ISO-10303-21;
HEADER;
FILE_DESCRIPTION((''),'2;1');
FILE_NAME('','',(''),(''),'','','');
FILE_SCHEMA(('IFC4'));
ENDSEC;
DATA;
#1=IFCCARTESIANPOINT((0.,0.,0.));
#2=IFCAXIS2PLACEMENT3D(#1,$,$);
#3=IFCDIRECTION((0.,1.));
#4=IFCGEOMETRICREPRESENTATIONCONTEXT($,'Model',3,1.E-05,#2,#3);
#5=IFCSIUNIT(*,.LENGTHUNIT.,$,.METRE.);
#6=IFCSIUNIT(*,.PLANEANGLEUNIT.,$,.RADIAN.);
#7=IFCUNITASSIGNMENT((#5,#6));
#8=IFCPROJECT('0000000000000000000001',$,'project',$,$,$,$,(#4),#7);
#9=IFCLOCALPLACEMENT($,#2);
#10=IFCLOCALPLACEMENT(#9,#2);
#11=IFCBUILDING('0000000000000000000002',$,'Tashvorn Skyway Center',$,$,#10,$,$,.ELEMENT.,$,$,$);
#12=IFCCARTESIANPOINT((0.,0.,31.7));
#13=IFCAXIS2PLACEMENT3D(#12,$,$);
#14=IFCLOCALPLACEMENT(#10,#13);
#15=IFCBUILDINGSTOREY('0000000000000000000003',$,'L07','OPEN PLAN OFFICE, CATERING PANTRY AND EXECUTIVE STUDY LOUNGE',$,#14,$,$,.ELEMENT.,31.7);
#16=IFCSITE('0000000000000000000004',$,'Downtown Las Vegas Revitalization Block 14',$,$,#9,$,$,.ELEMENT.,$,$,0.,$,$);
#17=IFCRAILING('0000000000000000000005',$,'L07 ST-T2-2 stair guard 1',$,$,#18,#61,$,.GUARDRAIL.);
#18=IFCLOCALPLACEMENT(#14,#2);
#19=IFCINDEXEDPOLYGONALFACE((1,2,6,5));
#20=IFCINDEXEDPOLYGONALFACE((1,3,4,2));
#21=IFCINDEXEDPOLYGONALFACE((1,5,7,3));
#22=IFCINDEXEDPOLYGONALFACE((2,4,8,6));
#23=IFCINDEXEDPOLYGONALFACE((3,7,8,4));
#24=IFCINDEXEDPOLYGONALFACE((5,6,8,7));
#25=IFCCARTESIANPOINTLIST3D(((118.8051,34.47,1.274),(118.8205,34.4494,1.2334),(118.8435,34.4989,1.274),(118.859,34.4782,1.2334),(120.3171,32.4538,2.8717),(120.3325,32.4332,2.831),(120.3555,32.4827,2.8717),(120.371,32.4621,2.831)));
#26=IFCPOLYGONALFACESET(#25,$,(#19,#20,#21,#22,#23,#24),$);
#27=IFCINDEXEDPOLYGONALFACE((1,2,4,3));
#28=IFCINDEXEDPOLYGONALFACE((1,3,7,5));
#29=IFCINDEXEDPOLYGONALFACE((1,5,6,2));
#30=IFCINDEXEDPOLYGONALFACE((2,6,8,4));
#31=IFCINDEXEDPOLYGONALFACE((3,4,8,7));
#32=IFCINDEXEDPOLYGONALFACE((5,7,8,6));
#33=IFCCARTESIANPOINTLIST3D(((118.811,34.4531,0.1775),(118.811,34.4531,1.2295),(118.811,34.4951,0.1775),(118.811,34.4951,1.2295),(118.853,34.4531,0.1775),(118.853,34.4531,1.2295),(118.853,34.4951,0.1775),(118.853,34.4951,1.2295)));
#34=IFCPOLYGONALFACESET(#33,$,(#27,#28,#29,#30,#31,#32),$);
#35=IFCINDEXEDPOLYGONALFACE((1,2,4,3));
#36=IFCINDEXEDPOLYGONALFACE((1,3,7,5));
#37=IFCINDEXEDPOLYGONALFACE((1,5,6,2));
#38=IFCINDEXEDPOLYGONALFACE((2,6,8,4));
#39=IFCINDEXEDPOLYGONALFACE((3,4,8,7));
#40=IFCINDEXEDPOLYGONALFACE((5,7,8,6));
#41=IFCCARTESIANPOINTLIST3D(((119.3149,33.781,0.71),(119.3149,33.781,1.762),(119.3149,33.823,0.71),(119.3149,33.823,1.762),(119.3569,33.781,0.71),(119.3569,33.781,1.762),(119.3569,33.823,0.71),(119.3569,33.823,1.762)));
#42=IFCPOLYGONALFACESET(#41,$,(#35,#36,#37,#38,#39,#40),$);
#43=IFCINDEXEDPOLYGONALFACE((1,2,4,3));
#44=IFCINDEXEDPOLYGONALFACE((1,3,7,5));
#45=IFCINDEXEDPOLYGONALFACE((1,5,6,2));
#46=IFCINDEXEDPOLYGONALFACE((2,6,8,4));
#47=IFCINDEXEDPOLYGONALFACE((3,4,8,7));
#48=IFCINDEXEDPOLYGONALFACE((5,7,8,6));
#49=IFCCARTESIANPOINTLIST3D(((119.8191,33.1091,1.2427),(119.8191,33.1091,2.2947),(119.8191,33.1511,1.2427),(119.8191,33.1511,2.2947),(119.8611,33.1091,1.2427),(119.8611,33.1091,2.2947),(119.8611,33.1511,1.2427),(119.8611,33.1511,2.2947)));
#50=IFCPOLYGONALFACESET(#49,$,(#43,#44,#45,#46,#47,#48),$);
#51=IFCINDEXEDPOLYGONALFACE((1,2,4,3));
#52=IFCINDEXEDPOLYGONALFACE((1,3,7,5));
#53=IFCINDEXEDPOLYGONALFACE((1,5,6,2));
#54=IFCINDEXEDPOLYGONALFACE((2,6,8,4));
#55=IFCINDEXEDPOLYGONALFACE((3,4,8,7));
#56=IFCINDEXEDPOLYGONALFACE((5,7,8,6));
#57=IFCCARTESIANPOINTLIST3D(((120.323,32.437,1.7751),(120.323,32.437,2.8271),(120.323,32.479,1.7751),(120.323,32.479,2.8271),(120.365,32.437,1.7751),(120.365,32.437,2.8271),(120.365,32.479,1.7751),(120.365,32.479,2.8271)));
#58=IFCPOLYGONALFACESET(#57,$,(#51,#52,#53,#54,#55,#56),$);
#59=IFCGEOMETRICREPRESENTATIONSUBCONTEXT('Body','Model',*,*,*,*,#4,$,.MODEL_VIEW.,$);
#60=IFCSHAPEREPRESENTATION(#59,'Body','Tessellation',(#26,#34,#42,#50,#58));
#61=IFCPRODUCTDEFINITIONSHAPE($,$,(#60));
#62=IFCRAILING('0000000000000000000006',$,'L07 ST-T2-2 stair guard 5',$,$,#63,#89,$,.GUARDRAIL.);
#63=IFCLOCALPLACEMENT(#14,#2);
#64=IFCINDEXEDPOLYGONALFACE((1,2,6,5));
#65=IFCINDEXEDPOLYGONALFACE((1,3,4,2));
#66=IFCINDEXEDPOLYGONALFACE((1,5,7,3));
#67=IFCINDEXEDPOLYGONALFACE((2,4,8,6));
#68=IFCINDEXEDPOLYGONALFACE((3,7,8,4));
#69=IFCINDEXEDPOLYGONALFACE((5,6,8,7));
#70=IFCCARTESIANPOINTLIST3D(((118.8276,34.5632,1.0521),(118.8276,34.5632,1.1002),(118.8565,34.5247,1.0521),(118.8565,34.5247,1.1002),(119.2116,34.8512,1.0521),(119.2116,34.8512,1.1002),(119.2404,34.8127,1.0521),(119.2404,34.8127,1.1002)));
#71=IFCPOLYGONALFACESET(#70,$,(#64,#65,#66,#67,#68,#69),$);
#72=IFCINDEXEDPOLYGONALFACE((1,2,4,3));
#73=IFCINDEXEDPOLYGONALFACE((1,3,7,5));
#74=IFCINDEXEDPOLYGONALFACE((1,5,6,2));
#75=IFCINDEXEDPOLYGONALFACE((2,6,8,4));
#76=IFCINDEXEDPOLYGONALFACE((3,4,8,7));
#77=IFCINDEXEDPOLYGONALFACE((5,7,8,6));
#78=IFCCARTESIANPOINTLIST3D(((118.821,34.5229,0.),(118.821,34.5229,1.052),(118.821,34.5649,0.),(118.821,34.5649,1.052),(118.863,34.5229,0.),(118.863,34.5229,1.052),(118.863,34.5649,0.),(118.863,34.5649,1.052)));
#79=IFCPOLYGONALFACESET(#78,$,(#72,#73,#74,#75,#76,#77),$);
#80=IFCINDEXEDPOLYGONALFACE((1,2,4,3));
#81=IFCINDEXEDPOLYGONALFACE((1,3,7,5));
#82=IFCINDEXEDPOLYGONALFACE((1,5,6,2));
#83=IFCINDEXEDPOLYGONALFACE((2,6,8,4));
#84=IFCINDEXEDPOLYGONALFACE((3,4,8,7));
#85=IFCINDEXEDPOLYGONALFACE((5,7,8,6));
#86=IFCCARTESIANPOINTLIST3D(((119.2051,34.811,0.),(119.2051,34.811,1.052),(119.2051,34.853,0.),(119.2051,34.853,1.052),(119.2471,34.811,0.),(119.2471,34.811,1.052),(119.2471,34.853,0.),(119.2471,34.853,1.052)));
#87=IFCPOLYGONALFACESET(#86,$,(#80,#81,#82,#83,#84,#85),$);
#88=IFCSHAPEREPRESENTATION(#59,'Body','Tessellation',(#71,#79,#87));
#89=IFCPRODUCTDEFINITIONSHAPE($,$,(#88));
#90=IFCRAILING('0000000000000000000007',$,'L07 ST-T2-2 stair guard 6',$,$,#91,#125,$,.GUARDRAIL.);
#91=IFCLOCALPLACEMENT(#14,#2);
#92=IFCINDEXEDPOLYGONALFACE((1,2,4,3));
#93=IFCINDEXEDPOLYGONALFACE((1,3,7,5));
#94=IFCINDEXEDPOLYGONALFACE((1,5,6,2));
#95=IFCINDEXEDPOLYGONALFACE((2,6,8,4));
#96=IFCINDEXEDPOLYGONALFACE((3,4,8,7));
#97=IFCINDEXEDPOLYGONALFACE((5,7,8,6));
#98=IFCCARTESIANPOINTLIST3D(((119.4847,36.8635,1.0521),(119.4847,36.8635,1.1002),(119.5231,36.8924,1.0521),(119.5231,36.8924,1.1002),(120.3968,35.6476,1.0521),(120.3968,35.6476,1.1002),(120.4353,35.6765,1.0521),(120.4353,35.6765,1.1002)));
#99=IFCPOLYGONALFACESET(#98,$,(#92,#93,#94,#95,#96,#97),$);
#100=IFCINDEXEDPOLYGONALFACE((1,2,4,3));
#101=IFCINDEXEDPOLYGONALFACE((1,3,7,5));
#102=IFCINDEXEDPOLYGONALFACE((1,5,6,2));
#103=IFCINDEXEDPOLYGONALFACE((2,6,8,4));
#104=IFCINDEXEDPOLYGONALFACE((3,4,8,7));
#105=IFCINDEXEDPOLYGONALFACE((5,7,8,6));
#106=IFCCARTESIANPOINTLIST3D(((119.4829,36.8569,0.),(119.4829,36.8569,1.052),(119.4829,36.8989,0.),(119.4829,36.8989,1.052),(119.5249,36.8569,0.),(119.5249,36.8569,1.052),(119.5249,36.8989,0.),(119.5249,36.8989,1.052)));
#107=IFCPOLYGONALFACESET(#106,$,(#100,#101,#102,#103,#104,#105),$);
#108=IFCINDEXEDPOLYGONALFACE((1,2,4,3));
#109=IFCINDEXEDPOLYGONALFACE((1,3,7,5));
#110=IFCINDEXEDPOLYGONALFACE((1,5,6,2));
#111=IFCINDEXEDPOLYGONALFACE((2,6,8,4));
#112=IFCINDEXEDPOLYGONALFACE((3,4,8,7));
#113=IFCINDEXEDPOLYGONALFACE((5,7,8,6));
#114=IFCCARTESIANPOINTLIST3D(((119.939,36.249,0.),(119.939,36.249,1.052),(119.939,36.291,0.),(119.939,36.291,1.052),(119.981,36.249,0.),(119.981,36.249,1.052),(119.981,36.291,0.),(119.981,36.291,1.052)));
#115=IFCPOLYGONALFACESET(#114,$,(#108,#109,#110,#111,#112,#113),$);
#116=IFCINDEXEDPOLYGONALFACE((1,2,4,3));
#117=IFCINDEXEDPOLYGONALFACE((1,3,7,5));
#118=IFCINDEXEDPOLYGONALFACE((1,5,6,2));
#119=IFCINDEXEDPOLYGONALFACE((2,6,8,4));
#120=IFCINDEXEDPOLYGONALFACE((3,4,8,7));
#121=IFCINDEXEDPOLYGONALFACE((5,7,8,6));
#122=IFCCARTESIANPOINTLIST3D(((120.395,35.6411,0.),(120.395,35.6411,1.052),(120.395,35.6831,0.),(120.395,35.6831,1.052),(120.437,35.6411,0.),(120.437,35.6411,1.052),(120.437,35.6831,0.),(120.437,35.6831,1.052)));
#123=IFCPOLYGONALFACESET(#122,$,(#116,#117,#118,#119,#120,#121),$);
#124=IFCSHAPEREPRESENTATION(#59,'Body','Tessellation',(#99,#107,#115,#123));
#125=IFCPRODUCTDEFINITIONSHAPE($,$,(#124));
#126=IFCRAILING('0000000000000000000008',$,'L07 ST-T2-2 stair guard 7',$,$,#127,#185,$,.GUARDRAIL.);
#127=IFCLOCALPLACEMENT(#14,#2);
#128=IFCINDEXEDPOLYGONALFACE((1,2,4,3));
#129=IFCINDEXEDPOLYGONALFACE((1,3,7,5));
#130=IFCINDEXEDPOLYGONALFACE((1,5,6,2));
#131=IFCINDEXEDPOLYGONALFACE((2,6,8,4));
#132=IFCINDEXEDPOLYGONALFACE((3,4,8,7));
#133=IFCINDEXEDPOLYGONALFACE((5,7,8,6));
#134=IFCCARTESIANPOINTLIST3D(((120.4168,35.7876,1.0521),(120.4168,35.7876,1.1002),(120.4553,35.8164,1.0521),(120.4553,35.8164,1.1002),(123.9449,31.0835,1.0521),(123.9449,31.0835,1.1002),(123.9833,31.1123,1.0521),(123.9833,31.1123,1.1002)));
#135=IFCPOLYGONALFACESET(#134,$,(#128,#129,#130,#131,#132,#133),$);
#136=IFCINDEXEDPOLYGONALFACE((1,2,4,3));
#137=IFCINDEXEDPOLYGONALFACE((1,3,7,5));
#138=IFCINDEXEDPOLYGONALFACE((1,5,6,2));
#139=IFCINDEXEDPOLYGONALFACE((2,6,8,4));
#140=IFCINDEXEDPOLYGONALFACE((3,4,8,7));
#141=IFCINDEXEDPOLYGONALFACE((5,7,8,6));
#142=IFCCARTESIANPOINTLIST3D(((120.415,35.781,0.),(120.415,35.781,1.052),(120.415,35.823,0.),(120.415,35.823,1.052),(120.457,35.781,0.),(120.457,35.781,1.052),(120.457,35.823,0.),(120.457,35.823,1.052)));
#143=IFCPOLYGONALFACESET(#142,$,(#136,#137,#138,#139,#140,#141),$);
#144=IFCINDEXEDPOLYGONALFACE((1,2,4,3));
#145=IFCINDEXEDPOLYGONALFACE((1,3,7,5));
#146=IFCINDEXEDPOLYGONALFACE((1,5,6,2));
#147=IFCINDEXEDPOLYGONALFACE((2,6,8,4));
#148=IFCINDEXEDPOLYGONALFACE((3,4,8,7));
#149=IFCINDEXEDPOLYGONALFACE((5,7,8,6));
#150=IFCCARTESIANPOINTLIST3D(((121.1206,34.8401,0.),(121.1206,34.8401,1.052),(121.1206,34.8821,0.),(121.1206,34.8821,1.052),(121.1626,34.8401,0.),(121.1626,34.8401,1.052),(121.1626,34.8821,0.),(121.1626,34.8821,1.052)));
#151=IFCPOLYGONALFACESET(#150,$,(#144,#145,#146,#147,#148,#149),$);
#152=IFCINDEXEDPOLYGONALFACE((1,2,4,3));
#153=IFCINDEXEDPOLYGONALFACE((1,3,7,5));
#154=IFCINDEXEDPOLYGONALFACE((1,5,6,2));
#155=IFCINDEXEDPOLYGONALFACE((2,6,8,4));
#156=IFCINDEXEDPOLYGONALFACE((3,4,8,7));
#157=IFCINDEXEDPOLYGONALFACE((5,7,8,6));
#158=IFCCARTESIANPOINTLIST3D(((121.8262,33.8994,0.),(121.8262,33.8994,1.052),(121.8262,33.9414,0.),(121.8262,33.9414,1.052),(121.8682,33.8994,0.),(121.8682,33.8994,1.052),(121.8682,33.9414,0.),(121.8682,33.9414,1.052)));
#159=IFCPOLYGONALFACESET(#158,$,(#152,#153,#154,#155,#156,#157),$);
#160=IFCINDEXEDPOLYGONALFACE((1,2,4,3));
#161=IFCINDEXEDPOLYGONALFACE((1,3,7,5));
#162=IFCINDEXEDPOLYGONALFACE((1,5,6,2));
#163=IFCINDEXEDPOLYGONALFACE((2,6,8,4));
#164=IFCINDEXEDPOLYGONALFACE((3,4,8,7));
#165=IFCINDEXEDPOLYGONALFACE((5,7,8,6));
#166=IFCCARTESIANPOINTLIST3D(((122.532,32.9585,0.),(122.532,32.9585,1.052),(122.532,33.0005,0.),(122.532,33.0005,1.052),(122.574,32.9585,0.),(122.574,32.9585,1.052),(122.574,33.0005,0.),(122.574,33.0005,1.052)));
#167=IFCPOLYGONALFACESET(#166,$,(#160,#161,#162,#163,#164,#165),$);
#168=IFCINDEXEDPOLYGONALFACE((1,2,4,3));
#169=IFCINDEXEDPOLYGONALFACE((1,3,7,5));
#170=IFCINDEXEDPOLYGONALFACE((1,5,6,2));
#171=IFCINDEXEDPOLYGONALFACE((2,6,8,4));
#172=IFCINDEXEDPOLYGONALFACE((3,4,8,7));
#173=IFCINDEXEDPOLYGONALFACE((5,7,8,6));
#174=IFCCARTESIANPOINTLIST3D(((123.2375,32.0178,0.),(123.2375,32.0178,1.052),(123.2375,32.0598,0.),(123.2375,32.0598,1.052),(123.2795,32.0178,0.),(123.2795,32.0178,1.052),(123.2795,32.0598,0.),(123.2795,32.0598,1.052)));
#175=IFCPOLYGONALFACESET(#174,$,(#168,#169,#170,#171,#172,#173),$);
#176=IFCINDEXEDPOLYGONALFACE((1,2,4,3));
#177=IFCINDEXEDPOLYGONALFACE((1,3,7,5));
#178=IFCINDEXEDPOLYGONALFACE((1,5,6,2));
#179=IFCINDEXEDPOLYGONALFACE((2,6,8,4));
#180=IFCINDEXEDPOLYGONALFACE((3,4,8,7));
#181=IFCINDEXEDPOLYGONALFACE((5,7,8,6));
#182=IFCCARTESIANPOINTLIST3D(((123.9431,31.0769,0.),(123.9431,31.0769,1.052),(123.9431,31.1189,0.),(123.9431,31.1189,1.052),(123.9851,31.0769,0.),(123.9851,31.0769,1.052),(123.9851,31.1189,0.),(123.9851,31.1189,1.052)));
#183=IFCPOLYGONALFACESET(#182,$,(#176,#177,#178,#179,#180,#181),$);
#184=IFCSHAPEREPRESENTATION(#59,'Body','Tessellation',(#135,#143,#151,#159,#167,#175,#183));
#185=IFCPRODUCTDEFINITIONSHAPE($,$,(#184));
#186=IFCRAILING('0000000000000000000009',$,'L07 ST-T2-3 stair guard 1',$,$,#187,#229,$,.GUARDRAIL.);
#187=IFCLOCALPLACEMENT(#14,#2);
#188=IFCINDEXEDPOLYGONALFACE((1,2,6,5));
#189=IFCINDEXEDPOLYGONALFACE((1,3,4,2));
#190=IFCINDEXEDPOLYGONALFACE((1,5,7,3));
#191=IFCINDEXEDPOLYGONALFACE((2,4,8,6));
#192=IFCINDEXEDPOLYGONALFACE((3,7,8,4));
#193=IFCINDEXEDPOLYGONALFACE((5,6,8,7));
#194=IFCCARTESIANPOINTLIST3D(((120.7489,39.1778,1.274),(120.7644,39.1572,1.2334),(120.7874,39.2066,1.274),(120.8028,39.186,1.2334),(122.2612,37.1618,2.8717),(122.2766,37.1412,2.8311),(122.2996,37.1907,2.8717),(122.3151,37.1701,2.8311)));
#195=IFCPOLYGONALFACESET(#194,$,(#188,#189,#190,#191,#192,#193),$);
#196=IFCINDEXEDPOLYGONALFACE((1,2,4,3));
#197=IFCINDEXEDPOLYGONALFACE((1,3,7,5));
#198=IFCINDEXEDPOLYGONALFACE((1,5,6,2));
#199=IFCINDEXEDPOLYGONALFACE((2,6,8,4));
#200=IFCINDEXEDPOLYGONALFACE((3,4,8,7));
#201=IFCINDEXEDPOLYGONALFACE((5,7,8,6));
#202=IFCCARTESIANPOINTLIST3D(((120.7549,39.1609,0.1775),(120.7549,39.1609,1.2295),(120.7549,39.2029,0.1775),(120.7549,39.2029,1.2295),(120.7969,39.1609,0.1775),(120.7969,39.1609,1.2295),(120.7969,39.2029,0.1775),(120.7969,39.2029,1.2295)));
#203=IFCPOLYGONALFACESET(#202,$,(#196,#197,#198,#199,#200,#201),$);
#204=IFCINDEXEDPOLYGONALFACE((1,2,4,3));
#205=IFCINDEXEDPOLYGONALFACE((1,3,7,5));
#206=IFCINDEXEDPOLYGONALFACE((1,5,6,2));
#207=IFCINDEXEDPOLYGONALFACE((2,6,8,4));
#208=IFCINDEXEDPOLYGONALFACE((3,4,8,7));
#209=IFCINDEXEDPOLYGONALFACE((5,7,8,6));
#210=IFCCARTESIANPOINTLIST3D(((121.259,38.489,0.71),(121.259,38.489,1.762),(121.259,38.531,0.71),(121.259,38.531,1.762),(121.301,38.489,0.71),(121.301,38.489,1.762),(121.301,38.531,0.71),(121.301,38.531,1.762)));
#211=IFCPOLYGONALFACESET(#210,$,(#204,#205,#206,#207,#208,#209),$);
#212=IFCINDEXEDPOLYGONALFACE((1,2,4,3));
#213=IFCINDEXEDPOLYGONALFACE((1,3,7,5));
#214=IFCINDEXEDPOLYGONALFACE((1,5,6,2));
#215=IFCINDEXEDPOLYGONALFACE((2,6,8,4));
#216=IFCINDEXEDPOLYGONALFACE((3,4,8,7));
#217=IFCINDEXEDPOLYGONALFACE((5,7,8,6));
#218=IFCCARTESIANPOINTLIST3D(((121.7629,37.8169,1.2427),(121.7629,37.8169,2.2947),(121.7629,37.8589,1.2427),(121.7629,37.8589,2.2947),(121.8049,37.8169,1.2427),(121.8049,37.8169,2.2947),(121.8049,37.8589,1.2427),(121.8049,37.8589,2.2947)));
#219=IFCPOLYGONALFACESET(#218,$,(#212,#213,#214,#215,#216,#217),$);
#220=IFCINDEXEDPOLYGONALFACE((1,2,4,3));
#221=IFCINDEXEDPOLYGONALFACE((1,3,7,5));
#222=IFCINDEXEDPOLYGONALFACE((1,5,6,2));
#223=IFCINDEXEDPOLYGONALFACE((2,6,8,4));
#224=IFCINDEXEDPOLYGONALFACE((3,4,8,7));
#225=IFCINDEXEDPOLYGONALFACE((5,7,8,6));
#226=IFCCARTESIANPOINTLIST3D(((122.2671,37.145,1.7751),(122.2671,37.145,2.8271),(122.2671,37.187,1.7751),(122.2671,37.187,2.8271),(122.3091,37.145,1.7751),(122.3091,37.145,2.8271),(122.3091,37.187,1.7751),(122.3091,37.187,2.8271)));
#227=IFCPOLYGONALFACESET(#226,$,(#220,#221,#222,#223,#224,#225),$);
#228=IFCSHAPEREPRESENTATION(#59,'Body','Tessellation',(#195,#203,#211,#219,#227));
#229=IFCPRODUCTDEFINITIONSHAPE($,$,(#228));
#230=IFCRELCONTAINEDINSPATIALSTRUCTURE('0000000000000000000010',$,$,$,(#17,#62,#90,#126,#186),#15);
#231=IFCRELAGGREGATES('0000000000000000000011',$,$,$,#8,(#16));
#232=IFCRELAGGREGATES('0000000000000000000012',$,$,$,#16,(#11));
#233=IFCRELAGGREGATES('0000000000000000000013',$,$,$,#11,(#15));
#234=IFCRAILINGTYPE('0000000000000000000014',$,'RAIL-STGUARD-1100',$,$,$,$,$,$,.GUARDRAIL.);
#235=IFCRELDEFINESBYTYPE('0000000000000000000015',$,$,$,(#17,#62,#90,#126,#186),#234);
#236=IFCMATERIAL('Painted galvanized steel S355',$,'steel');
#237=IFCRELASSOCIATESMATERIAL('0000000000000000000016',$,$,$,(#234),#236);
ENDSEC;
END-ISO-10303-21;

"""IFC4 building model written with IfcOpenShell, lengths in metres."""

from ifc_helpers import new_model, si_unit, direction, frame, origin, origin_2d, place, context, subcontext, project, spatial, rectangle, extrude, material, type_object, element, save


model = new_model("IFC4")

# Units and contexts
model_context = context("Model", 3, precision=1e-05, world=origin(), true_north=direction((0.0, 1.0)))
body_context = subcontext(model_context, "Body", "Model", "MODEL_VIEW")
ifc_project = project(units=[si_unit("LENGTHUNIT", "METRE"), si_unit("PLANEANGLEUNIT", "RADIAN")], contexts=[model_context])

# Site, building, storey
site_placement = place(None, origin())
site = spatial("IfcSite", under=ifc_project, at=site_placement, Name="Downtown Las Vegas Revitalization Block 14", CompositionType="ELEMENT", RefElevation=0.0)
building_placement = place(site_placement, origin())
building = spatial("IfcBuilding", under=site, at=building_placement, Name="Tashvorn Skyway Center", CompositionType="ELEMENT")
storey_placement = place(building_placement, frame((0.0, 0.0, 31.7)))
storey = spatial("IfcBuildingStorey", under=building, at=storey_placement, Name="L07", Description="OPEN PLAN OFFICE, CATERING PANTRY AND EXECUTIVE STUDY LOUNGE", CompositionType="ELEMENT", Elevation=31.7)

# Railings
ifc_material_1 = material(Name="Painted galvanized steel S355", Category="steel")
railing_type_1 = type_object("IfcRailingType", Name="RAIL-STGUARD-1100", PredefinedType="GUARDRAIL", material=ifc_material_1)
railing_1_placement = place(storey_placement, frame((118.832, 34.4741, 0.1775)))
element("IfcRailing", 1, at=railing_1_placement, inside=storey, type_object=railing_type_1, Name="L07 ST-T2-2 stair guard 1", PredefinedType="GUARDRAIL", context=body_context, shape_type="SweptSolid", body=[
    extrude(rectangle(XDim=0.0481, YDim=0.0481, at=origin_2d()), frame((0.0, 0.0, 1.0762), z_axis=(0.506719, -0.675679, 0.535438), x_axis=(0.800023, 0.599969, 0.0)), (0.0, 0.0, 1.0), 2.9839),
    extrude(rectangle(XDim=0.042, YDim=0.042, at=origin_2d()), origin(), (0.0, 0.0, 1.0), 1.052),
    extrude(rectangle(XDim=0.042, YDim=0.042, at=origin_2d()), frame((0.5039, -0.6721, 0.5325)), (0.0, 0.0, 1.0), 1.052),
    extrude(rectangle(XDim=0.042, YDim=0.042, at=origin_2d()), frame((1.0081, -1.344, 1.0652)), (0.0, 0.0, 1.0), 1.052),
    extrude(rectangle(XDim=0.042, YDim=0.042, at=origin_2d()), frame((1.512, -2.0161, 1.5977)), (0.0, 0.0, 1.0), 1.052),
])
railing_2_placement = place(storey_placement, frame((118.842, 34.5439, 0.0)))
element("IfcRailing", 2, at=railing_2_placement, inside=storey, type_object=railing_type_1, Name="L07 ST-T2-2 stair guard 5", PredefinedType="GUARDRAIL", context=body_context, shape_type="SweptSolid", body=[
    extrude(rectangle(XDim=0.0481, YDim=0.0481, at=origin_2d()), frame((0.0, 0.0, 1.0762), z_axis=(0.799939, 0.600081, 0.0), x_axis=(-0.600081, 0.799939, 0.0)), (0.0, 0.0, 1.0), 0.48),
    extrude(rectangle(XDim=0.042, YDim=0.042, at=origin_2d()), origin(), (0.0, 0.0, 1.0), 1.052),
    extrude(rectangle(XDim=0.042, YDim=0.042, at=origin_2d()), frame((0.384, 0.2881, 0.0)), (0.0, 0.0, 1.0), 1.052),
])
railing_3_placement = place(storey_placement, frame((119.5039, 36.8779, 0.0)))
element("IfcRailing", 3, at=railing_3_placement, inside=storey, type_object=railing_type_1, Name="L07 ST-T2-2 stair guard 6", PredefinedType="GUARDRAIL", context=body_context, shape_type="SweptSolid", body=[
    extrude(rectangle(XDim=0.0481, YDim=0.0481, at=origin_2d()), frame((0.0, 0.0, 1.0762), z_axis=(0.600103, -0.799923, 0.0), x_axis=(0.799923, 0.600103, 0.0)), (0.0, 0.0, 1.0), 1.52),
    extrude(rectangle(XDim=0.042, YDim=0.042, at=origin_2d()), origin(), (0.0, 0.0, 1.0), 1.052),
    extrude(rectangle(XDim=0.042, YDim=0.042, at=origin_2d()), frame((0.4561, -0.6079, 0.0)), (0.0, 0.0, 1.0), 1.052),
    extrude(rectangle(XDim=0.042, YDim=0.042, at=origin_2d()), frame((0.9121, -1.2158, 0.0)), (0.0, 0.0, 1.0), 1.052),
])
railing_4_placement = place(storey_placement, frame((120.436, 35.802, 0.0)))
element("IfcRailing", 4, at=railing_4_placement, inside=storey, type_object=railing_type_1, Name="L07 ST-T2-2 stair guard 7", PredefinedType="GUARDRAIL", context=body_context, shape_type="SweptSolid", body=[
    extrude(rectangle(XDim=0.0481, YDim=0.0481, at=origin_2d()), frame((0.0, 0.0, 1.0762), z_axis=(0.6, -0.8, 0.0), x_axis=(0.8, 0.6, 0.0)), (0.0, 0.0, 1.0), 5.8801),
    extrude(rectangle(XDim=0.042, YDim=0.042, at=origin_2d()), origin(), (0.0, 0.0, 1.0), 1.052),
    extrude(rectangle(XDim=0.042, YDim=0.042, at=origin_2d()), frame((0.7056, -0.9409, 0.0)), (0.0, 0.0, 1.0), 1.052),
    extrude(rectangle(XDim=0.042, YDim=0.042, at=origin_2d()), frame((1.4111, -1.8816, 0.0)), (0.0, 0.0, 1.0), 1.052),
    extrude(rectangle(XDim=0.042, YDim=0.042, at=origin_2d()), frame((2.1169, -2.8225, 0.0)), (0.0, 0.0, 1.0), 1.052),
    extrude(rectangle(XDim=0.042, YDim=0.042, at=origin_2d()), frame((2.8225, -3.7632, 0.0)), (0.0, 0.0, 1.0), 1.052),
    extrude(rectangle(XDim=0.042, YDim=0.042, at=origin_2d()), frame((3.5281, -4.7041, 0.0)), (0.0, 0.0, 1.0), 1.052),
])
railing_5_placement = place(storey_placement, frame((120.7759, 39.1819, 0.1775)))
element("IfcRailing", 5, at=railing_5_placement, inside=storey, type_object=railing_type_1, Name="L07 ST-T2-3 stair guard 1", PredefinedType="GUARDRAIL", context=body_context, shape_type="SweptSolid", body=[
    extrude(rectangle(XDim=0.0481, YDim=0.0481, at=origin_2d()), frame((0.0, 0.0, 1.0762), z_axis=(0.506807, -0.675607, 0.535445), x_axis=(0.799942, 0.600078, 0.0)), (0.0, 0.0, 1.0), 2.9839),
    extrude(rectangle(XDim=0.042, YDim=0.042, at=origin_2d()), origin(), (0.0, 0.0, 1.0), 1.052),
    extrude(rectangle(XDim=0.042, YDim=0.042, at=origin_2d()), frame((0.5042, -0.6719, 0.5325)), (0.0, 0.0, 1.0), 1.052),
    extrude(rectangle(XDim=0.042, YDim=0.042, at=origin_2d()), frame((1.0081, -1.344, 1.0652)), (0.0, 0.0, 1.0), 1.052),
    extrude(rectangle(XDim=0.042, YDim=0.042, at=origin_2d()), frame((1.5122, -2.0159, 1.5977)), (0.0, 0.0, 1.0), 1.052),
])

save(model, "model.ifc")
